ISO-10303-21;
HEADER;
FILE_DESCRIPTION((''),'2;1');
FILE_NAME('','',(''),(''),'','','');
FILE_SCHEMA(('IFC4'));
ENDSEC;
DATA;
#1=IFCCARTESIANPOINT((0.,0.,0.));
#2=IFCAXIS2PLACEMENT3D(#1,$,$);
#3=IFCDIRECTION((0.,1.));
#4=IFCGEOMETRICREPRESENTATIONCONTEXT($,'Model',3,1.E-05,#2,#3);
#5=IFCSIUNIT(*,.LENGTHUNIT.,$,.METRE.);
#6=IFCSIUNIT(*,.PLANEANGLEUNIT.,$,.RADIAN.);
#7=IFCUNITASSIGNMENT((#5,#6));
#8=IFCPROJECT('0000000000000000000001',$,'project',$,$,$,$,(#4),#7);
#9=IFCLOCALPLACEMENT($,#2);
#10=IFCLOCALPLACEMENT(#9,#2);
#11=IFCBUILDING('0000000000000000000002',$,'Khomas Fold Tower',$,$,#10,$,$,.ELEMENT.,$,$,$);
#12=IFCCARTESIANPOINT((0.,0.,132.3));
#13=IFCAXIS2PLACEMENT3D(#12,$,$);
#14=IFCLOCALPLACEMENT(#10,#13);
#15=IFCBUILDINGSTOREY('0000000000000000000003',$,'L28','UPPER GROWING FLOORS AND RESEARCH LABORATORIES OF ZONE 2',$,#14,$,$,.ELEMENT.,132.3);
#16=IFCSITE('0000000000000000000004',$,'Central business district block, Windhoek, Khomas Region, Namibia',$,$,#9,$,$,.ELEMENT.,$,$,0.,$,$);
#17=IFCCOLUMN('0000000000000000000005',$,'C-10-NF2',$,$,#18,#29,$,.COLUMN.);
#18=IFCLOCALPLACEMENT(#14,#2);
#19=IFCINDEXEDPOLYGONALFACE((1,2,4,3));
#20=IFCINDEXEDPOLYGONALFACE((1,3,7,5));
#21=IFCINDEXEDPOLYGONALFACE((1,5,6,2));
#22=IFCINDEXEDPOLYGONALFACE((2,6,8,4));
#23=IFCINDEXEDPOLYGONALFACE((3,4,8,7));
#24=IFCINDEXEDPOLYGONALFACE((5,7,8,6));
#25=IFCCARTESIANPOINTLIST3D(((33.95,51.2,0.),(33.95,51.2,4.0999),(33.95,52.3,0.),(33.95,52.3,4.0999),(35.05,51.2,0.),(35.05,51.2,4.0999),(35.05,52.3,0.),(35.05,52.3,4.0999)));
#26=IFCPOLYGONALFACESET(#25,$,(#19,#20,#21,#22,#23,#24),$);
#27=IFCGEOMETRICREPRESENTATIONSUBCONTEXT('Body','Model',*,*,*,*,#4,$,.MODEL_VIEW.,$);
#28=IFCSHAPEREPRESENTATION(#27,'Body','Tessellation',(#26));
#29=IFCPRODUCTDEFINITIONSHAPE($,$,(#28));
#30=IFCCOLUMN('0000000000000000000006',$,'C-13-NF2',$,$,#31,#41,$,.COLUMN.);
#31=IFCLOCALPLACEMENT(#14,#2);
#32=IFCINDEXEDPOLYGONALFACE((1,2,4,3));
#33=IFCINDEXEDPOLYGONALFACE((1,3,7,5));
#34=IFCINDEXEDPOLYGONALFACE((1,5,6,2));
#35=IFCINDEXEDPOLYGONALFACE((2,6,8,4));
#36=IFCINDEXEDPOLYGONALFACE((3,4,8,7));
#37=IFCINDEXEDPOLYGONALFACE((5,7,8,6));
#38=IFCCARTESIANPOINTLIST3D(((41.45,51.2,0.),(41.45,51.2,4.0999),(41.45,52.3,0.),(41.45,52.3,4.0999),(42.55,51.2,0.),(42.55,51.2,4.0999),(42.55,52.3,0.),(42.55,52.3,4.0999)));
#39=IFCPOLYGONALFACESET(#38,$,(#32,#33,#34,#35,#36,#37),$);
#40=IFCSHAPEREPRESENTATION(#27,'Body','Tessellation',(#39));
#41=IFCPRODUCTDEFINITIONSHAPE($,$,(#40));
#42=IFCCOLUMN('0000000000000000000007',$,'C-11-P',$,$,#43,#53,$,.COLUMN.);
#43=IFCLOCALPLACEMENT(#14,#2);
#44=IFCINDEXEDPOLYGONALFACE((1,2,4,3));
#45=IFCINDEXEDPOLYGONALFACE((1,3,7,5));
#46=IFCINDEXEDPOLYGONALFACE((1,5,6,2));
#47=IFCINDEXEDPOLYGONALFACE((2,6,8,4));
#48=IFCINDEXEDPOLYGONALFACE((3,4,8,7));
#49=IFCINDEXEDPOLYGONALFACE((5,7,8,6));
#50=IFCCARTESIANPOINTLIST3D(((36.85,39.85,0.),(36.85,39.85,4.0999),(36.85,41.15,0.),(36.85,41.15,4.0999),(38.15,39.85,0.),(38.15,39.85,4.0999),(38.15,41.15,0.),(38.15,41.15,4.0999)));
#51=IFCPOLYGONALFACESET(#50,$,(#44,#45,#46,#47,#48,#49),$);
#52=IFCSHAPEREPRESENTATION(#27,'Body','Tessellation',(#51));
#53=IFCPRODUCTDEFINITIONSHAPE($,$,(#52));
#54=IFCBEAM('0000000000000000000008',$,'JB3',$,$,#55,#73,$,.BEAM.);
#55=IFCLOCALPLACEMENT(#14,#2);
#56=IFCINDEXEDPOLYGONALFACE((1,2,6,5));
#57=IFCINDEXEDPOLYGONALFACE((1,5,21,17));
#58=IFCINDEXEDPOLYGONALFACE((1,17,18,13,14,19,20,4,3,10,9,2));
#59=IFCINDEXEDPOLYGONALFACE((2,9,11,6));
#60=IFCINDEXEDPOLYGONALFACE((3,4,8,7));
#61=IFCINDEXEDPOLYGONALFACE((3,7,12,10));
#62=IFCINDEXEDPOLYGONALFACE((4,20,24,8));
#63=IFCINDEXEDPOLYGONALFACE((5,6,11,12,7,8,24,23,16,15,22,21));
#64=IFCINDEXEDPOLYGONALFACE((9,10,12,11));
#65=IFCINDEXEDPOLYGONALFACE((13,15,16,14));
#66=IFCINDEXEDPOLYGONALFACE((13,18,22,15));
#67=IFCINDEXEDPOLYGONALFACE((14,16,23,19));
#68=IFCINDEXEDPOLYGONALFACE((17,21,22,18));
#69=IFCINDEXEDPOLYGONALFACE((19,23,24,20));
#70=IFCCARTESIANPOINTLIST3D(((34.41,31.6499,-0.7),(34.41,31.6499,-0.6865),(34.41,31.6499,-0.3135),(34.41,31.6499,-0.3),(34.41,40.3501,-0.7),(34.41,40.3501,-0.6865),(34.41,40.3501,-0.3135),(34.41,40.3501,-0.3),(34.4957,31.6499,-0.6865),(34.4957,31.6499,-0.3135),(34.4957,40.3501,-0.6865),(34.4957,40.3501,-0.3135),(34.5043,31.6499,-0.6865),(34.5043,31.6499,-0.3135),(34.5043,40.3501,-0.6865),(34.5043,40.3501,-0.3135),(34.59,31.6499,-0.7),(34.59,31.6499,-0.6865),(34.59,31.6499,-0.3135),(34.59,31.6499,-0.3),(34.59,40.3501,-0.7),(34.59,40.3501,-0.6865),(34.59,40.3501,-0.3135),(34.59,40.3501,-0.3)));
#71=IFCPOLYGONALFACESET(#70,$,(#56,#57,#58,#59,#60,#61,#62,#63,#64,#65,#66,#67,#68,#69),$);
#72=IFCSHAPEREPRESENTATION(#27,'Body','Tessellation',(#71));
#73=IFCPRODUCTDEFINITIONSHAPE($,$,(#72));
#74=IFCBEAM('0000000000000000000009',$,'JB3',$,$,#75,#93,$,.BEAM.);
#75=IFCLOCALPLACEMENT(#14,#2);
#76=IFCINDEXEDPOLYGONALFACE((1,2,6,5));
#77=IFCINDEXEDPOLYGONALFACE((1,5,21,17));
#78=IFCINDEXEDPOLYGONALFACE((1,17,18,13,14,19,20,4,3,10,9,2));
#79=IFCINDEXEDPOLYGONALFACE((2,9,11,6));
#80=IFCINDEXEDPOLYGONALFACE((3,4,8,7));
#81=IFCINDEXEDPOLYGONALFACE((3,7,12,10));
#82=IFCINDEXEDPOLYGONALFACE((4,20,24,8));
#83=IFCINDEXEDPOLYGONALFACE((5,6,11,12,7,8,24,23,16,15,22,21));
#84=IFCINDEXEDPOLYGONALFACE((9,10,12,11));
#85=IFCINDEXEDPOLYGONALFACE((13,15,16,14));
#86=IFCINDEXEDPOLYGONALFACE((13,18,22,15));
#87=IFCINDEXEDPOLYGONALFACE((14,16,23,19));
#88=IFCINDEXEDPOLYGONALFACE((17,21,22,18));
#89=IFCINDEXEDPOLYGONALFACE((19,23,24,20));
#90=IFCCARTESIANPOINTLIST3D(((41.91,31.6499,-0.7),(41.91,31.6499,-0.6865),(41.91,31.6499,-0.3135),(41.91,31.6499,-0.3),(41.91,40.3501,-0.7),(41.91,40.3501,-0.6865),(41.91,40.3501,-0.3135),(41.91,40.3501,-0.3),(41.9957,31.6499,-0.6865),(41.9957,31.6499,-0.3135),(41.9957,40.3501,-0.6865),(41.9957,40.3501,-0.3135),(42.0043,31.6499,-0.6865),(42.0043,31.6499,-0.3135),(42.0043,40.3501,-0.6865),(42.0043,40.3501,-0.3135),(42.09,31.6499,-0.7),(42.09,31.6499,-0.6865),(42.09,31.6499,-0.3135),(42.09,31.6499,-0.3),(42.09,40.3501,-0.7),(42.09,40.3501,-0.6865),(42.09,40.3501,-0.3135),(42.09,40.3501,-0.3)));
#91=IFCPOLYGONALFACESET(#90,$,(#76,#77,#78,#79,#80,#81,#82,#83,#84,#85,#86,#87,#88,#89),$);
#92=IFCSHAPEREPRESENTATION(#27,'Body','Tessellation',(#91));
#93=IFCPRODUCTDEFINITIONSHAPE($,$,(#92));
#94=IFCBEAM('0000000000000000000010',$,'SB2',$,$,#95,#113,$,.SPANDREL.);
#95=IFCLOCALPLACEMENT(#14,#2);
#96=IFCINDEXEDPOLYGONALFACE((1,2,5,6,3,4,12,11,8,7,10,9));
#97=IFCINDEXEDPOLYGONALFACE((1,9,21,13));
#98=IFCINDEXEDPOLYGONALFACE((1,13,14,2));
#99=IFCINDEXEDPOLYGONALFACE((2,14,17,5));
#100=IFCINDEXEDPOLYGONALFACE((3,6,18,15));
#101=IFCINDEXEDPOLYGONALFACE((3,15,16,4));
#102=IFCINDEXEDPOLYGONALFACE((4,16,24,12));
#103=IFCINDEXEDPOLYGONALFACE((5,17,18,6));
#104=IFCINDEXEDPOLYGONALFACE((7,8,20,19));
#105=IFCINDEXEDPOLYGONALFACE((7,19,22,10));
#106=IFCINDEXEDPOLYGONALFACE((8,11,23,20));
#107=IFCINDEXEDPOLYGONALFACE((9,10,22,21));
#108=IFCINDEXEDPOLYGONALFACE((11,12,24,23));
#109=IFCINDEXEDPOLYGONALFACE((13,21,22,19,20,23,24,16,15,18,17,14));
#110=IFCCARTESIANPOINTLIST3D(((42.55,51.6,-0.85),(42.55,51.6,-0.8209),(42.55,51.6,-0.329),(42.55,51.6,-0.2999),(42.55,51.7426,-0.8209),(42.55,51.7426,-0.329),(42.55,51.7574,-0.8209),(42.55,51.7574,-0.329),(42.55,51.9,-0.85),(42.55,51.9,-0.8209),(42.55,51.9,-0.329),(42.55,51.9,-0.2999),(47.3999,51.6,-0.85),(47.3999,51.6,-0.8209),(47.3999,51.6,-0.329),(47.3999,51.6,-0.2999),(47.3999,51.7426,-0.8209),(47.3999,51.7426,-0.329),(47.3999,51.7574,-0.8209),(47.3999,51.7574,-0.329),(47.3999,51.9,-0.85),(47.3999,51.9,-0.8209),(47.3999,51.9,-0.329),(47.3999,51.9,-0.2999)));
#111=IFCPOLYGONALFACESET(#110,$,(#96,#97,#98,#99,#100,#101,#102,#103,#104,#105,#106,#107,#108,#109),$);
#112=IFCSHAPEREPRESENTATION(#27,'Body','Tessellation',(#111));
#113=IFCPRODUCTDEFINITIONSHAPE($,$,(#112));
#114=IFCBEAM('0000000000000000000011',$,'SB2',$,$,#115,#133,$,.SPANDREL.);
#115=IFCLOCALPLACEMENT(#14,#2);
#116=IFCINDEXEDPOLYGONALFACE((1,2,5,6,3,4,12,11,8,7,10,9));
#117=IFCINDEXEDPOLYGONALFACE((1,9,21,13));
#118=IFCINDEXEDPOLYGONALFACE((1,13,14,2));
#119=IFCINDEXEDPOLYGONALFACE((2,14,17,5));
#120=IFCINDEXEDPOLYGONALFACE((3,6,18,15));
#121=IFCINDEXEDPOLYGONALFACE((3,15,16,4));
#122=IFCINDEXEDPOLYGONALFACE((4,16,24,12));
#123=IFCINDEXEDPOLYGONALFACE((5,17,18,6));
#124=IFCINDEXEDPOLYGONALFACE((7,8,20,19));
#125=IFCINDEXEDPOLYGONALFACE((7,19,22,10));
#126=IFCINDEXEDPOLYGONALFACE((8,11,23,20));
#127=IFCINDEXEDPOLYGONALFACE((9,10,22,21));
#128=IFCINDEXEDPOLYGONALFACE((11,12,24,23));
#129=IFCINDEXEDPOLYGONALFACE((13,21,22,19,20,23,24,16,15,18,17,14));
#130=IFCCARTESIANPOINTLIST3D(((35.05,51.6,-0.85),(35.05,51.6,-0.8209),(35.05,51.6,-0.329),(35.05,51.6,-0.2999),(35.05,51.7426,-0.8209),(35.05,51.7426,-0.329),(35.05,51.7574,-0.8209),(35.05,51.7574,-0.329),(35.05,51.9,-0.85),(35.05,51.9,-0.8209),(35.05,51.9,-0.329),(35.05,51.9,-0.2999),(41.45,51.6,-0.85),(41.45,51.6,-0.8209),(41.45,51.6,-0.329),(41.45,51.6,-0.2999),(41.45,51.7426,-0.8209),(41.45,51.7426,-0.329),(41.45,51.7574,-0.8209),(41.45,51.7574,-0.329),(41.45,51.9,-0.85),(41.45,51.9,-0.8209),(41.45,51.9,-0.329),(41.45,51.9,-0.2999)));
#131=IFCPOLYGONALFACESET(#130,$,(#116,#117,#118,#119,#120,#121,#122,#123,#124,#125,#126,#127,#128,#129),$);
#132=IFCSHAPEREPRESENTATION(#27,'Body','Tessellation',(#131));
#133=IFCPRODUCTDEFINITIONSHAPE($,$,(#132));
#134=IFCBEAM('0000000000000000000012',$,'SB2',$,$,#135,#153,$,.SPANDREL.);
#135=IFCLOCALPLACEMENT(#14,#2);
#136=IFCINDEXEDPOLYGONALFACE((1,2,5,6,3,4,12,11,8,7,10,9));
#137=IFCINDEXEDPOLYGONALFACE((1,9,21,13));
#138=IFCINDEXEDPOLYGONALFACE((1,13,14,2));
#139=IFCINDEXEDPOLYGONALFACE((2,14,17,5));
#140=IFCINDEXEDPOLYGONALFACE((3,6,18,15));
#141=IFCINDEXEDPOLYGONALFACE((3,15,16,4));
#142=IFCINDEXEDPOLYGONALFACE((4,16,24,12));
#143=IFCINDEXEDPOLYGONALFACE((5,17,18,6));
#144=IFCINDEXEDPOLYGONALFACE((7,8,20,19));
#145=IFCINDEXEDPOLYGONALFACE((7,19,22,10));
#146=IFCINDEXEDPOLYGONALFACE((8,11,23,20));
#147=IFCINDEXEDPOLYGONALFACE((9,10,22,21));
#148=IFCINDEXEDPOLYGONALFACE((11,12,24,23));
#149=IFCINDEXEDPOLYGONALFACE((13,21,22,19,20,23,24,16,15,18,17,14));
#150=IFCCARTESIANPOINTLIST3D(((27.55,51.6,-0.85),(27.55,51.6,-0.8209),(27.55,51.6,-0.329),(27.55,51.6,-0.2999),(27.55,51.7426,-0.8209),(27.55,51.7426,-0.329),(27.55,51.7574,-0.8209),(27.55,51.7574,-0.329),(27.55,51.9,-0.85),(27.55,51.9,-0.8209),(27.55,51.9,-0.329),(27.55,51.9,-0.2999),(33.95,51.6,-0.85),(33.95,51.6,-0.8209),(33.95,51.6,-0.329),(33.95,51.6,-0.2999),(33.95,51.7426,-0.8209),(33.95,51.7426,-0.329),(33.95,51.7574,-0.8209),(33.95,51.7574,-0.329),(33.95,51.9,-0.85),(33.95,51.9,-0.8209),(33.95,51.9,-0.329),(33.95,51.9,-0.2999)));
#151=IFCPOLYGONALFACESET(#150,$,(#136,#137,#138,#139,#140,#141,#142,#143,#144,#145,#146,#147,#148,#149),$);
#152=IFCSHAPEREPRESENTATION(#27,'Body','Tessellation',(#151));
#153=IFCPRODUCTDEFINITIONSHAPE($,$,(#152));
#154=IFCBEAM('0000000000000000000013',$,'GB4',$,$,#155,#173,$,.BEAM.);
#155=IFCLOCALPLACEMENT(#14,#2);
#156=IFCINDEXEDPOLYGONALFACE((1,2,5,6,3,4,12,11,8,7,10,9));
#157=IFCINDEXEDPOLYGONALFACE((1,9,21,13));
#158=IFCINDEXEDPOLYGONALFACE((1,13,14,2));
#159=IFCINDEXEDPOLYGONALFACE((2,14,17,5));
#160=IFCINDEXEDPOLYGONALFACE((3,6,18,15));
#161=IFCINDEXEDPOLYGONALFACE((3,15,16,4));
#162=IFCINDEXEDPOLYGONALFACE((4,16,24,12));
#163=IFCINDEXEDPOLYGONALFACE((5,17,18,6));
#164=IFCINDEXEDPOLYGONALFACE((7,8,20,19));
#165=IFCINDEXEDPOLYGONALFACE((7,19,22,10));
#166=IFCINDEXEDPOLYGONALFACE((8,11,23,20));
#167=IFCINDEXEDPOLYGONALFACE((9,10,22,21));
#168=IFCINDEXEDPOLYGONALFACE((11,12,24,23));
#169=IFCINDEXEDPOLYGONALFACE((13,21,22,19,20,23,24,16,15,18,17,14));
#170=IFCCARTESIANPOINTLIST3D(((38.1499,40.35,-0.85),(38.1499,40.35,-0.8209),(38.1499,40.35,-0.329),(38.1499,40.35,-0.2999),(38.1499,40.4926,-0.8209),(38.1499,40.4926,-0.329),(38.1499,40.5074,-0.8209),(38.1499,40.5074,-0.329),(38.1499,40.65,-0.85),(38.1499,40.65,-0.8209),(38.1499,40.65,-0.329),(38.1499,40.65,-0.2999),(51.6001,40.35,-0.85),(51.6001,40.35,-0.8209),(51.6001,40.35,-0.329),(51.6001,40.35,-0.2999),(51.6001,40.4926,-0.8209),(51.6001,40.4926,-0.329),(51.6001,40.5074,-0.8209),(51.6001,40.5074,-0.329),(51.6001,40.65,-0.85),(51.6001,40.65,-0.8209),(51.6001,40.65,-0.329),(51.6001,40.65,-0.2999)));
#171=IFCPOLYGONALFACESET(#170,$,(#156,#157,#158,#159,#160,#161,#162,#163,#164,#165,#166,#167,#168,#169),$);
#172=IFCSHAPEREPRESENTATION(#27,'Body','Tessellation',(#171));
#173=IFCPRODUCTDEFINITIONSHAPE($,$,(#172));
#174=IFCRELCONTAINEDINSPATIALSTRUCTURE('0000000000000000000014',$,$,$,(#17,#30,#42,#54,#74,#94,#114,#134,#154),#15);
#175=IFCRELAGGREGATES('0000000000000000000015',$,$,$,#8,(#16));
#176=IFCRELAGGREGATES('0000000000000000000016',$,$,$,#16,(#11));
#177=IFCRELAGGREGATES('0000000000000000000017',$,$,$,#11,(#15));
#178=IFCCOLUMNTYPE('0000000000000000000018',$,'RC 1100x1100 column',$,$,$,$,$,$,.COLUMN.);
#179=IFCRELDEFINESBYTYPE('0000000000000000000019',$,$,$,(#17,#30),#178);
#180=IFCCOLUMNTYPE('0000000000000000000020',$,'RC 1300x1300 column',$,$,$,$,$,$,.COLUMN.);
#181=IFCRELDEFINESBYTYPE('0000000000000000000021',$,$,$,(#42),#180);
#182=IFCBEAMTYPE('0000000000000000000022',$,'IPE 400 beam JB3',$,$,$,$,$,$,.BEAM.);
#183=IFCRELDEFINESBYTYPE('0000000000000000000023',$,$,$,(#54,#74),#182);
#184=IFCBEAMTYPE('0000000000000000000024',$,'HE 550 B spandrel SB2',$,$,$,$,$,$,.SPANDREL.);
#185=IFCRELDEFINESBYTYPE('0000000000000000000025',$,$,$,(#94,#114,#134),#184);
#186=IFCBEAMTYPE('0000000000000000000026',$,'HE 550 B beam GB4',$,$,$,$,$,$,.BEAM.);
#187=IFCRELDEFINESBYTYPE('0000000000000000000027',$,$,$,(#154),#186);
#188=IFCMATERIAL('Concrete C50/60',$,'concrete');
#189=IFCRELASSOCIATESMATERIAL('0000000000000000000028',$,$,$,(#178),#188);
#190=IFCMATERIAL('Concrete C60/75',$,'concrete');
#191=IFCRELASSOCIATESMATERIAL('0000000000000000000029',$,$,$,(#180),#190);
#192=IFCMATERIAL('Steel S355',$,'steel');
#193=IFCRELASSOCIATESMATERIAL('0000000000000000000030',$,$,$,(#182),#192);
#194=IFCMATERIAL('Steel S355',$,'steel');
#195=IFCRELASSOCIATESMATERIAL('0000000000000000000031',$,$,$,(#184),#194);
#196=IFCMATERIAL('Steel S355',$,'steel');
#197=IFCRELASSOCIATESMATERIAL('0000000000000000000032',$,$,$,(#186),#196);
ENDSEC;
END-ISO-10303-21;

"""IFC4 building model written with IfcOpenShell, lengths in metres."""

from ifc_helpers import new_model, si_unit, direction, frame, origin, origin_2d, place, context, subcontext, project, spatial, rectangle, i_section, extrude, source, transform, mapped, material, material_profile, profile_set, type_object, element, save


model = new_model("IFC4")

# Units and contexts
model_context = context("Model", 3, precision=1e-05, world=origin(), true_north=direction((0.0, 1.0)))
body_context = subcontext(model_context, "Body", "Model", "MODEL_VIEW")
ifc_project = project(units=[si_unit("LENGTHUNIT", "METRE"), si_unit("PLANEANGLEUNIT", "RADIAN")], contexts=[model_context])

# Site, building, storey
site_placement = place(None, origin())
site = spatial("IfcSite", under=ifc_project, at=site_placement, Name="Central business district block, Windhoek, Khomas Region, Namibia", CompositionType="ELEMENT", RefElevation=0.0)
building_placement = place(site_placement, origin())
building = spatial("IfcBuilding", under=site, at=building_placement, Name="Khomas Fold Tower", CompositionType="ELEMENT")
storey_placement = place(building_placement, frame((0.0, 0.0, 132.3)))
storey = spatial("IfcBuildingStorey", under=building, at=storey_placement, Name="L28", Description="UPPER GROWING FLOORS AND RESEARCH LABORATORIES OF ZONE 2", CompositionType="ELEMENT", Elevation=132.3)

# Columns
ifc_material_1 = material(Name="Concrete C50/60", Category="concrete")
ifc_material_profile_1 = material_profile(ifc_material_1, rectangle(XDim=1.1001, YDim=1.1001, at=origin_2d()), Name="RC 1100x1100")
ifc_profile_set_1 = profile_set([ifc_material_profile_1], Name="Concrete C50/60")
column_type_1 = type_object("IfcColumnType", Name="RC 1100x1100 column", PredefinedType="COLUMN", material=ifc_profile_set_1)
shared_shape_1 = source(origin(), body_context, "Body", "SweptSolid", [
    extrude(rectangle(XDim=1.1001, YDim=1.1001, at=origin_2d()), origin(), (0.0, 0.0, 1.0), 4.0999),
])
for number, where, z_axis, x_axis, name in (
    (1, (34.5, 51.75, 0.0), (0.0, 0.0, 1.0), (1.0, 0.0, 0.0), "C-10-NF2"),
    (2, (42.0, 51.75, 0.0), (0.0, 0.0, 1.0), (1.0, 0.0, 0.0), "C-13-NF2"),
):
    element("IfcColumn", number, at=place(storey_placement, frame(where, z_axis=z_axis, x_axis=x_axis)), inside=storey, type_object=column_type_1, Name=name, PredefinedType="COLUMN", context=body_context, shape_type="MappedRepresentation", body=[
        mapped(shared_shape_1, transform((0.0, 0.0, 0.0))),
    ])
ifc_material_2 = material(Name="Concrete C60/75", Category="concrete")
ifc_material_profile_2 = material_profile(ifc_material_2, rectangle(XDim=1.3, YDim=1.3, at=origin_2d()), Name="RC 1300x1300")
ifc_profile_set_2 = profile_set([ifc_material_profile_2], Name="Concrete C60/75")
column_type_2 = type_object("IfcColumnType", Name="RC 1300x1300 column", PredefinedType="COLUMN", material=ifc_profile_set_2)
shared_shape_2 = source(origin(), body_context, "Body", "SweptSolid", [
    extrude(rectangle(XDim=1.3, YDim=1.3, at=origin_2d()), origin(), (0.0, 0.0, 1.0), 4.0999),
])
column_placement = place(storey_placement, frame((37.5, 40.5, 0.0), z_axis=(0.0, 0.0, 1.0), x_axis=(1.0, 0.0, 0.0)))
element("IfcColumn", 3, at=column_placement, inside=storey, type_object=column_type_2, Name="C-11-P", PredefinedType="COLUMN", context=body_context, shape_type="MappedRepresentation", body=[
    mapped(shared_shape_2, transform((0.0, 0.0, 0.0))),
])

# Beams
ifc_material_3 = material(Name="Steel S355", Category="steel")
ifc_material_profile_3 = material_profile(ifc_material_3, i_section(OverallWidth=0.1799, OverallDepth=0.3999, WebThickness=0.0085, FlangeThickness=0.0134, at=origin_2d()), Name="IPE 400")
ifc_profile_set_3 = profile_set([ifc_material_profile_3], Name="Steel S355")
beam_type_1 = type_object("IfcBeamType", Name="IPE 400 beam JB3", PredefinedType="BEAM", material=ifc_profile_set_3)
shared_shape_3 = source(origin(), body_context, "Body", "SweptSolid", [
    extrude(i_section(OverallWidth=0.1799, OverallDepth=0.3999, WebThickness=0.0085, FlangeThickness=0.0134, at=origin_2d()), origin(), (0.0, 0.0, 1.0), 8.7002),
])
for number, where, z_axis, x_axis, name in (
    (4, (34.5, 31.6499, -0.5), (0.0, 1.0, 0.0), (-1.0, 0.0, 0.0), "JB3"),
    (5, (42.0, 31.6499, -0.5), (0.0, 1.0, 0.0), (-1.0, 0.0, 0.0), "JB3"),
):
    element("IfcBeam", number, at=place(storey_placement, frame(where, z_axis=z_axis, x_axis=x_axis)), inside=storey, type_object=beam_type_1, Name=name, PredefinedType="BEAM", context=body_context, shape_type="MappedRepresentation", body=[
        mapped(shared_shape_3, transform((0.0, 0.0, 0.0))),
    ])
ifc_material_4 = material(Name="Steel S355", Category="steel")
ifc_material_profile_4 = material_profile(ifc_material_4, i_section(OverallWidth=0.3, OverallDepth=0.55, WebThickness=0.0149, FlangeThickness=0.0291, at=origin_2d()), Name="HE 550 B")
ifc_profile_set_4 = profile_set([ifc_material_profile_4], Name="Steel S355")
beam_type_2 = type_object("IfcBeamType", Name="HE 550 B spandrel SB2", PredefinedType="SPANDREL", material=ifc_profile_set_4)
shared_shape_4 = source(origin(), body_context, "Body", "SweptSolid", [
    extrude(i_section(OverallWidth=0.3, OverallDepth=0.55, WebThickness=0.0149, FlangeThickness=0.0291, at=origin_2d()), origin(), (0.0, 0.0, 1.0), 4.8499),
])
beam_1_placement = place(storey_placement, frame((42.55, 51.75, -0.575), z_axis=(1.0, 0.0, 0.0), x_axis=(0.0, 1.0, 0.0)))
element("IfcBeam", 6, at=beam_1_placement, inside=storey, type_object=beam_type_2, Name="SB2", PredefinedType="SPANDREL", context=body_context, shape_type="MappedRepresentation", body=[
    mapped(shared_shape_4, transform((0.0, 0.0, 0.0))),
])
shared_shape_5 = source(origin(), body_context, "Body", "SweptSolid", [
    extrude(i_section(OverallWidth=0.3, OverallDepth=0.55, WebThickness=0.0149, FlangeThickness=0.0291, at=origin_2d()), origin(), (0.0, 0.0, 1.0), 6.3999),
])
for number, where, z_axis, x_axis, name in (
    (7, (35.05, 51.75, -0.575), (1.0, 0.0, 0.0), (0.0, 1.0, 0.0), "SB2"),
    (8, (27.55, 51.75, -0.575), (1.0, 0.0, 0.0), (0.0, 1.0, 0.0), "SB2"),
):
    element("IfcBeam", number, at=place(storey_placement, frame(where, z_axis=z_axis, x_axis=x_axis)), inside=storey, type_object=beam_type_2, Name=name, PredefinedType="SPANDREL", context=body_context, shape_type="MappedRepresentation", body=[
        mapped(shared_shape_5, transform((0.0, 0.0, 0.0))),
    ])
ifc_material_5 = material(Name="Steel S355", Category="steel")
ifc_material_profile_5 = material_profile(ifc_material_5, i_section(OverallWidth=0.3, OverallDepth=0.55, WebThickness=0.0149, FlangeThickness=0.0291, at=origin_2d()), Name="HE 550 B")
ifc_profile_set_5 = profile_set([ifc_material_profile_5], Name="Steel S355")
beam_type_3 = type_object("IfcBeamType", Name="HE 550 B beam GB4", PredefinedType="BEAM", material=ifc_profile_set_5)
shared_shape_6 = source(origin(), body_context, "Body", "SweptSolid", [
    extrude(i_section(OverallWidth=0.3, OverallDepth=0.55, WebThickness=0.0149, FlangeThickness=0.0291, at=origin_2d()), origin(), (0.0, 0.0, 1.0), 13.4502),
])
beam_2_placement = place(storey_placement, frame((38.1499, 40.5, -0.575), z_axis=(1.0, 0.0, 0.0), x_axis=(0.0, 1.0, 0.0)))
element("IfcBeam", 9, at=beam_2_placement, inside=storey, type_object=beam_type_3, Name="GB4", PredefinedType="BEAM", context=body_context, shape_type="MappedRepresentation", body=[
    mapped(shared_shape_6, transform((0.0, 0.0, 0.0))),
])

save(model, "model.ifc")
